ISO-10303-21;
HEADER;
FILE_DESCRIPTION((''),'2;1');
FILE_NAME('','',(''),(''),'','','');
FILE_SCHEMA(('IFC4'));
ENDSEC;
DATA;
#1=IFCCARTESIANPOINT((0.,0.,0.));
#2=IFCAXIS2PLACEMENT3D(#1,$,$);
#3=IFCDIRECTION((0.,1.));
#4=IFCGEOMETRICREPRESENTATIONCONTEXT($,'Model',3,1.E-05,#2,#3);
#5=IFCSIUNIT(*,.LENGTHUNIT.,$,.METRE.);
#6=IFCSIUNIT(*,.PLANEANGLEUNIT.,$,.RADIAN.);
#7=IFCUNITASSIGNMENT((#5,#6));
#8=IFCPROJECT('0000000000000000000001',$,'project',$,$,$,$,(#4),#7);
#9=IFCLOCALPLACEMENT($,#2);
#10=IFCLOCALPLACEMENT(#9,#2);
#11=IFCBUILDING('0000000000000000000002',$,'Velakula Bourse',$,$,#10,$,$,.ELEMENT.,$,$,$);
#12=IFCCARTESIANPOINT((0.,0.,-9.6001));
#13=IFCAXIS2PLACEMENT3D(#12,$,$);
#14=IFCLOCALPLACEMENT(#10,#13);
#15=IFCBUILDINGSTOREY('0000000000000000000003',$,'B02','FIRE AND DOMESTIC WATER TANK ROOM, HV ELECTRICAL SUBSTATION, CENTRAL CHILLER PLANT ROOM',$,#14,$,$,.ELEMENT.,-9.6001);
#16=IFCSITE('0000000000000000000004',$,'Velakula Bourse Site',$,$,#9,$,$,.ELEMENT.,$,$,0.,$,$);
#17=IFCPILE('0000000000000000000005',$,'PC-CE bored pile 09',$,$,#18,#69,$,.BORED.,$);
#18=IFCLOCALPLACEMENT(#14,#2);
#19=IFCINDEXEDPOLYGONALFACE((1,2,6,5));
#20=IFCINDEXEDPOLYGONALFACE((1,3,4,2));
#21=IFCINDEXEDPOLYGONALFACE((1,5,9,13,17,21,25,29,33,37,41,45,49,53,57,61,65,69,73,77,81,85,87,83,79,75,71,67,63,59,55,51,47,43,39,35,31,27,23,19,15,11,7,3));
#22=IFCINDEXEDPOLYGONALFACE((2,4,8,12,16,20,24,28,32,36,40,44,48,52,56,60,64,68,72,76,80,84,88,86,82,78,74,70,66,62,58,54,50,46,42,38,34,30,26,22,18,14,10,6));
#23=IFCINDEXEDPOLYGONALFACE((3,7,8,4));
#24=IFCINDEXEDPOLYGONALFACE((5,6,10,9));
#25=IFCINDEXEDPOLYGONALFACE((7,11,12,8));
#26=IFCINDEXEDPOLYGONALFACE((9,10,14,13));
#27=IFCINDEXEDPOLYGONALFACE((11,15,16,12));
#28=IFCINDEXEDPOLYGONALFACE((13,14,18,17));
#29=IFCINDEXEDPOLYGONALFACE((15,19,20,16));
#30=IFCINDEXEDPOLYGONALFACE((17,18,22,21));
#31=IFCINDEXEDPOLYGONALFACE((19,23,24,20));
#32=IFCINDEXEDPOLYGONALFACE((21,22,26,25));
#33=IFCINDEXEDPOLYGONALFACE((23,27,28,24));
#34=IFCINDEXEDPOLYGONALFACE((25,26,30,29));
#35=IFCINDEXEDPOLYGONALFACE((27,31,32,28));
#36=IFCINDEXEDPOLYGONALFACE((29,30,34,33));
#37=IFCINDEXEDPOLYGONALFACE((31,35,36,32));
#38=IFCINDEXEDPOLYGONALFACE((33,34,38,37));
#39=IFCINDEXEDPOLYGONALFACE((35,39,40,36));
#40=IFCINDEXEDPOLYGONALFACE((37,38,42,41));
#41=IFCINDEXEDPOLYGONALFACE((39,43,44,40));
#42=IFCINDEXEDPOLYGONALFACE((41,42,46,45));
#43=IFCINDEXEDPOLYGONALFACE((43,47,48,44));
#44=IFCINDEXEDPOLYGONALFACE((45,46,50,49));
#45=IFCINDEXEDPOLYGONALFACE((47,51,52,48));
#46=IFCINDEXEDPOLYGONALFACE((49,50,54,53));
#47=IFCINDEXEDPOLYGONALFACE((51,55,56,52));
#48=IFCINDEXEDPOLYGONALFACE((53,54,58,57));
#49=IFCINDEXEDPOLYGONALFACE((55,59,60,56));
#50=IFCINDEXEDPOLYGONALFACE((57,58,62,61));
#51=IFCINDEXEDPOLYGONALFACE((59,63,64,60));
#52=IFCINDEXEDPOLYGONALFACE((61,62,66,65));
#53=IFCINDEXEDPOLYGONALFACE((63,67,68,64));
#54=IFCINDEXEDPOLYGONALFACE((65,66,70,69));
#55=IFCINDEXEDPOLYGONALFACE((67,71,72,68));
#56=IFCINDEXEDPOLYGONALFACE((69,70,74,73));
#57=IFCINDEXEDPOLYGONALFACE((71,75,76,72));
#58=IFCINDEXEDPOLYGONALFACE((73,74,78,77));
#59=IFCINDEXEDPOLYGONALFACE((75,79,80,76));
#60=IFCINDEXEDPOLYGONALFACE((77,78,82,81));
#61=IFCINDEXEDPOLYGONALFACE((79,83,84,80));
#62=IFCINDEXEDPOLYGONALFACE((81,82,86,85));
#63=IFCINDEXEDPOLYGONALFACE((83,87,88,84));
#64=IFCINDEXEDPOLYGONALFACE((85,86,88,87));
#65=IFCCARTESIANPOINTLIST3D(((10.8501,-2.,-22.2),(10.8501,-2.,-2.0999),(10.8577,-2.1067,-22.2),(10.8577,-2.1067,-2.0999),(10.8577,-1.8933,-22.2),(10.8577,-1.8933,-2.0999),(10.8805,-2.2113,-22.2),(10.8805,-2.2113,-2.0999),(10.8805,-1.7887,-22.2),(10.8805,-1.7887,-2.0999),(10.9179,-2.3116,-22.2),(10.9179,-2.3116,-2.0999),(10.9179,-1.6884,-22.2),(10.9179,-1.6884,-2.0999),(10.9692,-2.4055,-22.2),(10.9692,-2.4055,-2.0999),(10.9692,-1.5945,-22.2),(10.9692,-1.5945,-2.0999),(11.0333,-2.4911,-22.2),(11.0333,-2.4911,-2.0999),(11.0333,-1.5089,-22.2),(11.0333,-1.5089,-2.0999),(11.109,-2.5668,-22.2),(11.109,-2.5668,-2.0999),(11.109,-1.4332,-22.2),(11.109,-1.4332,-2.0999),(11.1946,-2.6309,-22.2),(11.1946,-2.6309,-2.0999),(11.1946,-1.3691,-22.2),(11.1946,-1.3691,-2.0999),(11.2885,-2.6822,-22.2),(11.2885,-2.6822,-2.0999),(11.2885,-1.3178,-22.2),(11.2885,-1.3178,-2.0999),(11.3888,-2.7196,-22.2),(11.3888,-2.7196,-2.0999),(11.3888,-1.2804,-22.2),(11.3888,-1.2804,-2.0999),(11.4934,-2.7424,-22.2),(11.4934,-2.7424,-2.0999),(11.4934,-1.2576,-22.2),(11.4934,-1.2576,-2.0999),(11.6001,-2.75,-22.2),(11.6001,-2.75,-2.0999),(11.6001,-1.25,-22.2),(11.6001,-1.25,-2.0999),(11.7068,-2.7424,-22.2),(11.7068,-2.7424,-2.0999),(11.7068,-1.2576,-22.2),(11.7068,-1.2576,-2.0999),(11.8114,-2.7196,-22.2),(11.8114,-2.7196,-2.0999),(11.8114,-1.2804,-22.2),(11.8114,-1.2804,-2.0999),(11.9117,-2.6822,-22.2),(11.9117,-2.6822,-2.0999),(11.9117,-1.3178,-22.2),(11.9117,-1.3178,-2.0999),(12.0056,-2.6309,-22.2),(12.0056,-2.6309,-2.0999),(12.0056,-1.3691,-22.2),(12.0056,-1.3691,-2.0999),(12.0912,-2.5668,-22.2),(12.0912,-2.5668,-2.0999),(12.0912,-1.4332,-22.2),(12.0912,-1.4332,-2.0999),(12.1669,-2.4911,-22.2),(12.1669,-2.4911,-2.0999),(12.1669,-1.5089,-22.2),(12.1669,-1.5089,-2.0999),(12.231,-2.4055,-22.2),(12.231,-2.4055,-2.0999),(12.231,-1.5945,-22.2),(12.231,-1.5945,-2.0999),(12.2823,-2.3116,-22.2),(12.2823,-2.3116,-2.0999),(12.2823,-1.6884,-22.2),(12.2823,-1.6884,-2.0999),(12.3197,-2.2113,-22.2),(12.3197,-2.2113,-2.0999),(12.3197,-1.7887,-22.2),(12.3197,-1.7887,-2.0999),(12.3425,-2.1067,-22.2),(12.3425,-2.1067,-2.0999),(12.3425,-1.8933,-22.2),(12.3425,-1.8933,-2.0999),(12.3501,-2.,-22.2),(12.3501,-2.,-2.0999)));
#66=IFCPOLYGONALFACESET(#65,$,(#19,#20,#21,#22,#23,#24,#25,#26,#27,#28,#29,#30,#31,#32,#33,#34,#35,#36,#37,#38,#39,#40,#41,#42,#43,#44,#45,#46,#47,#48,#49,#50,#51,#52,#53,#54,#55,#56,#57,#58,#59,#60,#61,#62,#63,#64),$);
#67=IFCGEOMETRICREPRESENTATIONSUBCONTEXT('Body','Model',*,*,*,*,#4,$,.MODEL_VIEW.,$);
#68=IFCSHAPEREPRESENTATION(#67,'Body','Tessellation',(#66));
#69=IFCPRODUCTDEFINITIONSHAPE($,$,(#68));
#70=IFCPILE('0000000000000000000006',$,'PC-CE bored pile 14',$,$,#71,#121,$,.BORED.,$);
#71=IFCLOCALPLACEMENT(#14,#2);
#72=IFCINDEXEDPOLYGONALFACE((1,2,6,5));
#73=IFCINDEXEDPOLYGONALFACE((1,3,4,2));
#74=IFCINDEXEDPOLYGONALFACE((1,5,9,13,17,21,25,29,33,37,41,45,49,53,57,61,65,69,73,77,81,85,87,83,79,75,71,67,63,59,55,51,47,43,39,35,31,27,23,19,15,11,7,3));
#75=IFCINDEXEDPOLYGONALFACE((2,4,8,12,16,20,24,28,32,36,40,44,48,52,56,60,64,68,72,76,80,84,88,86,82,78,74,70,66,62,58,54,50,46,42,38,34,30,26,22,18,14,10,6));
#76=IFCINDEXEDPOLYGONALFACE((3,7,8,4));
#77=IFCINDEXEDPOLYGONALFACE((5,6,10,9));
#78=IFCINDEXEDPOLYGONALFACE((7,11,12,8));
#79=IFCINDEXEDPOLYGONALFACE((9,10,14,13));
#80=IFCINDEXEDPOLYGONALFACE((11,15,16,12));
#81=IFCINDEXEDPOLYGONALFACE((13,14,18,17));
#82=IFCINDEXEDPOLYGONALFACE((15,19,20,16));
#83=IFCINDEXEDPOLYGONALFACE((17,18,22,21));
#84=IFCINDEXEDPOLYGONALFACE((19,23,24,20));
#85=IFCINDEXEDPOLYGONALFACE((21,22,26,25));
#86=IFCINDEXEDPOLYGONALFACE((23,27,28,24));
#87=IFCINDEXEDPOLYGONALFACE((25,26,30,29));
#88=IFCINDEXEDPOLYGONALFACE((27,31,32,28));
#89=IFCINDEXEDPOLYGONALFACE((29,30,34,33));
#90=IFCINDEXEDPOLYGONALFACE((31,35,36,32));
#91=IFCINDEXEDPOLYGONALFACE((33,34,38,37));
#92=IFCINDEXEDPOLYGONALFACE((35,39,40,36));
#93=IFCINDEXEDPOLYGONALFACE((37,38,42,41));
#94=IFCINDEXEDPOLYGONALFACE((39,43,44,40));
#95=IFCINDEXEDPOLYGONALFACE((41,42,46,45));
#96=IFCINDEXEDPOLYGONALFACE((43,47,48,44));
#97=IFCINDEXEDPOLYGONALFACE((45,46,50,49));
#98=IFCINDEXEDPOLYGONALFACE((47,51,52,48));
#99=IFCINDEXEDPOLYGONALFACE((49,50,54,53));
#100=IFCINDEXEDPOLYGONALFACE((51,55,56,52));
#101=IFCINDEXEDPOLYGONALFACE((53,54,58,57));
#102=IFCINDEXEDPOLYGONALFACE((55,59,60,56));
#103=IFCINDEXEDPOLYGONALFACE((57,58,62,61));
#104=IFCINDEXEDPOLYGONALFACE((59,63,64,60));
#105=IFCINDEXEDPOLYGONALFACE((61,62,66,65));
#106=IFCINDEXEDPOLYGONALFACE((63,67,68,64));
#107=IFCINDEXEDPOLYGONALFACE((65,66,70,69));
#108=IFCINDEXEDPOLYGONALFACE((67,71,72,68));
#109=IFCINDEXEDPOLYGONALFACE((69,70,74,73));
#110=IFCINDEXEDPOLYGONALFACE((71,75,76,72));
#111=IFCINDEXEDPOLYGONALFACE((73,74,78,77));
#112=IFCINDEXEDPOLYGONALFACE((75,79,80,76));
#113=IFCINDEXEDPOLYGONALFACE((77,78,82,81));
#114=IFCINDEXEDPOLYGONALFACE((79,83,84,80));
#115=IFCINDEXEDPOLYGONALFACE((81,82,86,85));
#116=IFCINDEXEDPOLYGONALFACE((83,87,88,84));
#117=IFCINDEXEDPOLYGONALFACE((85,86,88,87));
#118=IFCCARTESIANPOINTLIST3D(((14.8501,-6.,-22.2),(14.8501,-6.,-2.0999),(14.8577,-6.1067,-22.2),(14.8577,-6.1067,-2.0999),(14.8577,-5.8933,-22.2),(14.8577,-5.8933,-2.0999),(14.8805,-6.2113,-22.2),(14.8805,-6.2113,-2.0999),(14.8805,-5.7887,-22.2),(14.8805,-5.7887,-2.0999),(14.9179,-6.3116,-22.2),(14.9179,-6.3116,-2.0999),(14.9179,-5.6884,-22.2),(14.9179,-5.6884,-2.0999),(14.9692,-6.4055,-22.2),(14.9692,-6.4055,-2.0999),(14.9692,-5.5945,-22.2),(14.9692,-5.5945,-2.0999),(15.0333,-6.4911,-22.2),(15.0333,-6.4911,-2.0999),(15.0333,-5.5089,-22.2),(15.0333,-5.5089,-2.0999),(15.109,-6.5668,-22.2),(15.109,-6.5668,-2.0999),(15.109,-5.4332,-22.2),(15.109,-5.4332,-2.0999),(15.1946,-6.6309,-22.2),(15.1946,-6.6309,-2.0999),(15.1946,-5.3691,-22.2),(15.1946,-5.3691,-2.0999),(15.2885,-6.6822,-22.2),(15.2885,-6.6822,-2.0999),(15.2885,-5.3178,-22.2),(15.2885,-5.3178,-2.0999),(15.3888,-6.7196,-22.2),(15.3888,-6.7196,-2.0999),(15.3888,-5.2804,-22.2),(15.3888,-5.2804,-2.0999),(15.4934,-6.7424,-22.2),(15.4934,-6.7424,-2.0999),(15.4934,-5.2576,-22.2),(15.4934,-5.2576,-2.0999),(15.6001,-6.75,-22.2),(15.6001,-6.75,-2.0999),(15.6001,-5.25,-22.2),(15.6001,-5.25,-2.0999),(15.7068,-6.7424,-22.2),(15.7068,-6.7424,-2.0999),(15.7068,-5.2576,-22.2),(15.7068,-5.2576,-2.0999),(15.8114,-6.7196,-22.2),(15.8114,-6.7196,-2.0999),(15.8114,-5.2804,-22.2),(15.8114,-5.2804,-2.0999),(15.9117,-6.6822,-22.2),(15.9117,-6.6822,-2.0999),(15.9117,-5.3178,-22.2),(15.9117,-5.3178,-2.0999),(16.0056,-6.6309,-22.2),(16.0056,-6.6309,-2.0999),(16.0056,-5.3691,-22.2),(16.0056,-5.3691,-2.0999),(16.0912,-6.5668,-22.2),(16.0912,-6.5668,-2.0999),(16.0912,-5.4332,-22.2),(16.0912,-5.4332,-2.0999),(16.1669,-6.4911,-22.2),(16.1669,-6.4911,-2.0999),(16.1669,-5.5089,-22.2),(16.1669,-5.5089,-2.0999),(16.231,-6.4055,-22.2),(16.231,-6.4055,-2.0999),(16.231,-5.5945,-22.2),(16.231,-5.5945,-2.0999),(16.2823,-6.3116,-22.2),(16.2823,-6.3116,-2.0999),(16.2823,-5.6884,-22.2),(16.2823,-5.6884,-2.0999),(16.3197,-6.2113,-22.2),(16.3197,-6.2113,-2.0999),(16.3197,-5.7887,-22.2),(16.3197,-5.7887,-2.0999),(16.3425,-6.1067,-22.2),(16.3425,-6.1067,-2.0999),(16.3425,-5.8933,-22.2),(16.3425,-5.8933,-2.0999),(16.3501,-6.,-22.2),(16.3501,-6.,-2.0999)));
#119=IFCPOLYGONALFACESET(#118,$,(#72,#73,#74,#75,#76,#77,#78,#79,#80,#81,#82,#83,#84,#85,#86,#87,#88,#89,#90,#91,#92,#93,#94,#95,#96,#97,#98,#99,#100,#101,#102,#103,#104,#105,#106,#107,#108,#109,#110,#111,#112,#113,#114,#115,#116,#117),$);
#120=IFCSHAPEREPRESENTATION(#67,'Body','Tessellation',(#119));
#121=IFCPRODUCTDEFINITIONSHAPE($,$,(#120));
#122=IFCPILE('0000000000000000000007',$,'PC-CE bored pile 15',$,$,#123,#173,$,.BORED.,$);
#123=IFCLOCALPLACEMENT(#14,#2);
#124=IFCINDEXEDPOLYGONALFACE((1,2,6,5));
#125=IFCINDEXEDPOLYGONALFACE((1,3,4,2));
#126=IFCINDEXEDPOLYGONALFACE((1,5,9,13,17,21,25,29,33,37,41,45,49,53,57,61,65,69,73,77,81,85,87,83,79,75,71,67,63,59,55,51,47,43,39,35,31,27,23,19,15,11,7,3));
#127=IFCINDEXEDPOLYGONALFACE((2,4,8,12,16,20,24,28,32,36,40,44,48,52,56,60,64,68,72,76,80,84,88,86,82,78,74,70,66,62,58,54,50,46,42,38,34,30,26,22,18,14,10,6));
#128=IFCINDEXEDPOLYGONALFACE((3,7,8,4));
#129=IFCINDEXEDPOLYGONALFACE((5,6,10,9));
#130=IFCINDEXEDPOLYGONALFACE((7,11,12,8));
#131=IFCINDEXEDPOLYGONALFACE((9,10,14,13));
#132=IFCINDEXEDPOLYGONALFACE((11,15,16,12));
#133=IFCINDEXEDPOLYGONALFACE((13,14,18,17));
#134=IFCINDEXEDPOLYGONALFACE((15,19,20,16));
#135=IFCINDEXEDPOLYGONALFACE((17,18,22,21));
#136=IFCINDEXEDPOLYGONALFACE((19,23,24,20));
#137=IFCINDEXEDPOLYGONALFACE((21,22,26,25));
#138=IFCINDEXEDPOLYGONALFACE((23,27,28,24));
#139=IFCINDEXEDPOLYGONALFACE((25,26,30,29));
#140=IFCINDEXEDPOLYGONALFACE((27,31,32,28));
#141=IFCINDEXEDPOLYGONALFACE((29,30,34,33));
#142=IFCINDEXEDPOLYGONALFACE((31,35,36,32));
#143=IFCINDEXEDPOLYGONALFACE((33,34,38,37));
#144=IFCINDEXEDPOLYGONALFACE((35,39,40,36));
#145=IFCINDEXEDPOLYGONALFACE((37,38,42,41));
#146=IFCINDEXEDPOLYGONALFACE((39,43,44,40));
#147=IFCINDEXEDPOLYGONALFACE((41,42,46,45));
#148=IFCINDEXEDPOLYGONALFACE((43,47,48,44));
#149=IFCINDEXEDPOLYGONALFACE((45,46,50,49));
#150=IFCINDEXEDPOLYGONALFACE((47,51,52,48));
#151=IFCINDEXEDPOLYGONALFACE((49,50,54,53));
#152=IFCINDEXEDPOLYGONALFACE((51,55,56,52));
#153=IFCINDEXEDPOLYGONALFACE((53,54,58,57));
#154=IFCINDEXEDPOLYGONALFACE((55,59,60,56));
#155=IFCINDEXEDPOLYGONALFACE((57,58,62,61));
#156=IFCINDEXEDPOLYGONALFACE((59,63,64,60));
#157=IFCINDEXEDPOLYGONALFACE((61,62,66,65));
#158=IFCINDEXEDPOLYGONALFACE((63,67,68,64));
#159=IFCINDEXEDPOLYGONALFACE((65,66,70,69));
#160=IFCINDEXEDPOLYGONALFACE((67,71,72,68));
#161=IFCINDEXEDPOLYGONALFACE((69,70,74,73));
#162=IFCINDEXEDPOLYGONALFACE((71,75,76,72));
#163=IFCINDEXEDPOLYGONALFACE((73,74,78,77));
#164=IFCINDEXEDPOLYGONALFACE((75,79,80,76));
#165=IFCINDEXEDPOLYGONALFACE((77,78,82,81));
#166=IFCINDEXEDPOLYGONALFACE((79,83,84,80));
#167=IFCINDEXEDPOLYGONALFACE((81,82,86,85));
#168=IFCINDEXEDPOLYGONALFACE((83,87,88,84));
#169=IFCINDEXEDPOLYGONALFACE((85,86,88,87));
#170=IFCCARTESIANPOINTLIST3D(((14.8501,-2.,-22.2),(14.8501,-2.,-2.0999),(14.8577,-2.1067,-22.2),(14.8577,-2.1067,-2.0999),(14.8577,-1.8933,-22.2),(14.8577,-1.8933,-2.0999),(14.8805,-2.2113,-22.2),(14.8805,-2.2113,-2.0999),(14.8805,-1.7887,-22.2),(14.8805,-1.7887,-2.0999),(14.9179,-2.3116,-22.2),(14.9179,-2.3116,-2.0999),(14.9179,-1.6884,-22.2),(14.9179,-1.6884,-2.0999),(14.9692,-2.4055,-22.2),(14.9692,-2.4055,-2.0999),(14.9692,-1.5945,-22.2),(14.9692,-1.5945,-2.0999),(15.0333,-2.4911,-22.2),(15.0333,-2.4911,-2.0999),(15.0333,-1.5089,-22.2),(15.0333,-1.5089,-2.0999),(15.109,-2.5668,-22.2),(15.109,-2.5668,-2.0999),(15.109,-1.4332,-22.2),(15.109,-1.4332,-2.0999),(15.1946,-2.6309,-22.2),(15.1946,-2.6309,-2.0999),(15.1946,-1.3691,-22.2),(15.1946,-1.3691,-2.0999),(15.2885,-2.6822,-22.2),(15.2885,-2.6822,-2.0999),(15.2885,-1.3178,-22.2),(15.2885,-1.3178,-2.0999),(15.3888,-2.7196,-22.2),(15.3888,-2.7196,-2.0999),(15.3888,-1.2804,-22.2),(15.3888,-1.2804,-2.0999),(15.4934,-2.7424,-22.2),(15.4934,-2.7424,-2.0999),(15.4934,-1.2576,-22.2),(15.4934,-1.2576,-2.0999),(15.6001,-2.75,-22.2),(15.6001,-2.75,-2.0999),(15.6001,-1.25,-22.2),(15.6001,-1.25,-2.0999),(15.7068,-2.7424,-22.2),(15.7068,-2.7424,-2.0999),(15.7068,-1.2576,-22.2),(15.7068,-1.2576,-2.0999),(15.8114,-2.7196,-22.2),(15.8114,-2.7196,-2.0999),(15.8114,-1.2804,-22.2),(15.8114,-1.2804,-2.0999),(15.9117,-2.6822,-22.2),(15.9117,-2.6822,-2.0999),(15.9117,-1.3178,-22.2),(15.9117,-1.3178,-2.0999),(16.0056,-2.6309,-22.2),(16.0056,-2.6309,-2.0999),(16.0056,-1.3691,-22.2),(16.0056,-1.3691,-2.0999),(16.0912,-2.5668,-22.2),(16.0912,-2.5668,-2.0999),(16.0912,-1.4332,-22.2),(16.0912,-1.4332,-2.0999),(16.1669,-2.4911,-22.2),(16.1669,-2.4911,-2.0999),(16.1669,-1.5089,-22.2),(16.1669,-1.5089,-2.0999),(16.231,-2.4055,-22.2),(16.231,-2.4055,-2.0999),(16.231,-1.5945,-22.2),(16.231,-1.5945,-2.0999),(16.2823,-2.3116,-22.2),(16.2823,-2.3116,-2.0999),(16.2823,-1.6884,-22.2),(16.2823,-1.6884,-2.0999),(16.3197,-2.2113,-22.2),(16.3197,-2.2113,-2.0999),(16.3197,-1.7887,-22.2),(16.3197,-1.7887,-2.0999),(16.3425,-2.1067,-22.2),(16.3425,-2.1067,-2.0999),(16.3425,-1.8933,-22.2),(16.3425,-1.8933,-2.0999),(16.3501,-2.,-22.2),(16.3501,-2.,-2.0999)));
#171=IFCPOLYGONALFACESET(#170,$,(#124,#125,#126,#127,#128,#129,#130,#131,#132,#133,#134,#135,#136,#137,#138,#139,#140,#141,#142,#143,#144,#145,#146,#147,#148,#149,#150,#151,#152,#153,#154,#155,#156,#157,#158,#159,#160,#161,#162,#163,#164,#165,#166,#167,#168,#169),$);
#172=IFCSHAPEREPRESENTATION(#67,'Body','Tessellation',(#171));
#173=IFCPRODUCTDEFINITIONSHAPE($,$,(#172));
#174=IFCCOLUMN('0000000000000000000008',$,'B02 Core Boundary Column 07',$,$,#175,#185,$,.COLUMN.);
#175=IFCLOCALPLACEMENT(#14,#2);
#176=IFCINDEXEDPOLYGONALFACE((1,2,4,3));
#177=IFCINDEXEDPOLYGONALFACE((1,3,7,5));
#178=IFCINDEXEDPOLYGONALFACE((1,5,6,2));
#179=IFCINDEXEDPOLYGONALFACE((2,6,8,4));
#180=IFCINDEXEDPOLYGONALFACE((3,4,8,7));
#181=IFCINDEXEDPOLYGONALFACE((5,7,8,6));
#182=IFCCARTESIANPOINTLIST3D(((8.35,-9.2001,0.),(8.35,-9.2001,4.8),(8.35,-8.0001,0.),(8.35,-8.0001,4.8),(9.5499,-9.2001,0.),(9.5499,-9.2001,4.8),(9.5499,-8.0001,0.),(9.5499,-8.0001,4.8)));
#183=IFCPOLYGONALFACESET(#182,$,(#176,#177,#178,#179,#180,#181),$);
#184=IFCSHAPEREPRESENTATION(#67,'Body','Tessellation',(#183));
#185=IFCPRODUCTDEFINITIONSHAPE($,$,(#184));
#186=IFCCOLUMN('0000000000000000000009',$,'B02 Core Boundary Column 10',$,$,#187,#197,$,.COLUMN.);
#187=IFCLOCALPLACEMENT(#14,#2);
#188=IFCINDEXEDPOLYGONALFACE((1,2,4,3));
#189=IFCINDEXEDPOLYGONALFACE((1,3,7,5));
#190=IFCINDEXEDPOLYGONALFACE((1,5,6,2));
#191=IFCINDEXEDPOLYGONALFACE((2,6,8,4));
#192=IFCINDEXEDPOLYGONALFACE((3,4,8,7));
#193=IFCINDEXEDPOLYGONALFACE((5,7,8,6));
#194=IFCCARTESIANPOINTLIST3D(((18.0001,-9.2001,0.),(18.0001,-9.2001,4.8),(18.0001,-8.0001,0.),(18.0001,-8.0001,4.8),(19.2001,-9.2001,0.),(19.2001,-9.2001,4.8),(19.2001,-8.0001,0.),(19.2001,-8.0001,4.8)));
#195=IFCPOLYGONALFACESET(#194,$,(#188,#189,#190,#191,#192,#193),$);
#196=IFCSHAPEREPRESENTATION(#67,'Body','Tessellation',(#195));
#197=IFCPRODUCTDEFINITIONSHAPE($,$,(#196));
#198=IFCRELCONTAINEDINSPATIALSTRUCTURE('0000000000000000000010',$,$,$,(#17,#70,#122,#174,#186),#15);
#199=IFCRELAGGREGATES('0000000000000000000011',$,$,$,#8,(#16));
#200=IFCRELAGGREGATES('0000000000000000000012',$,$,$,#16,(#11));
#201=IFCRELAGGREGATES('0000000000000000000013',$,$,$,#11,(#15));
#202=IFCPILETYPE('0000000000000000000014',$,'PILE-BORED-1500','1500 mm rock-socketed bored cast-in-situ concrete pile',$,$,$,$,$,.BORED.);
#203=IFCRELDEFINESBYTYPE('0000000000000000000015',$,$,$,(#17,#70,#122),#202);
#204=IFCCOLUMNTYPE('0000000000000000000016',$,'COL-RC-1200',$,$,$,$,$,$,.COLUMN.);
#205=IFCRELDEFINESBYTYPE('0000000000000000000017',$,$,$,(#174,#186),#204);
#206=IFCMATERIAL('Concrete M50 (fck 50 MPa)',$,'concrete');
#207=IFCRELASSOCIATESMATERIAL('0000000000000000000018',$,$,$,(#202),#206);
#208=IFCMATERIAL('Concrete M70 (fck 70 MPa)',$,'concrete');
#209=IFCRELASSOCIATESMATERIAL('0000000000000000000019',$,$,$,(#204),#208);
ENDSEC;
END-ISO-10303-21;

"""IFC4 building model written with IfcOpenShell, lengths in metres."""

from ifc_helpers import new_model, si_unit, direction, frame, origin, origin_2d, place, context, subcontext, project, spatial, rectangle, circle, extrude, material, material_profile, profile_set, type_object, element, save


model = new_model("IFC4")

# Units and contexts
model_context = context("Model", 3, precision=1e-05, world=origin(), true_north=direction((0.0, 1.0)))
body_context = subcontext(model_context, "Body", "Model", "MODEL_VIEW")
ifc_project = project(units=[si_unit("LENGTHUNIT", "METRE"), si_unit("PLANEANGLEUNIT", "RADIAN")], contexts=[model_context])

# Site, building, storey
site_placement = place(None, origin())
site = spatial("IfcSite", under=ifc_project, at=site_placement, Name="Velakula Bourse Site", CompositionType="ELEMENT", RefElevation=0.0)
building_placement = place(site_placement, origin())
building = spatial("IfcBuilding", under=site, at=building_placement, Name="Velakula Bourse", CompositionType="ELEMENT")
storey_placement = place(building_placement, frame((0.0, 0.0, -9.6001)))
storey = spatial("IfcBuildingStorey", under=building, at=storey_placement, Name="B02", Description="FIRE AND DOMESTIC WATER TANK ROOM, HV ELECTRICAL SUBSTATION, CENTRAL CHILLER PLANT ROOM", CompositionType="ELEMENT", Elevation=-9.6001)

# Piles
ifc_material_1 = material(Name="Concrete M50 (fck 50 MPa)", Category="concrete")
ifc_material_profile_1 = material_profile(ifc_material_1, circle(Radius=0.75, at=origin_2d()), Name="Concrete M50 (fck 50 MPa)")
ifc_profile_set_1 = profile_set([ifc_material_profile_1], Name="Concrete M50 (fck 50 MPa)")
pile_type = type_object("IfcPileType", Name="PILE-BORED-1500", Description="1500 mm rock-socketed bored cast-in-situ concrete pile", PredefinedType="BORED", material=ifc_profile_set_1)
for number, where, z_axis, x_axis, name in (
    (1, (11.6001, -2.0, -2.0999), (0.0, 0.0, -1.0), (1.0, 0.0, 0.0), "PC-CE bored pile 09"),
    (2, (15.6001, -6.0, -2.0999), (0.0, 0.0, -1.0), (1.0, 0.0, 0.0), "PC-CE bored pile 14"),
    (3, (15.6001, -2.0, -2.0999), (0.0, 0.0, -1.0), (1.0, 0.0, 0.0), "PC-CE bored pile 15"),
):
    element("IfcPile", number, at=place(storey_placement, frame(where, z_axis=z_axis, x_axis=x_axis)), inside=storey, type_object=pile_type, Name=name, PredefinedType="BORED", context=body_context, shape_type="SweptSolid", body=[
        extrude(circle(Radius=0.75, at=origin_2d()), origin(), (0.0, 0.0, 1.0), 20.1001),
    ])

# Columns
ifc_material_2 = material(Name="Concrete M70 (fck 70 MPa)", Category="concrete")
ifc_material_profile_2 = material_profile(ifc_material_2, rectangle(XDim=1.2, YDim=1.2, at=origin_2d()), Name="Concrete M70 (fck 70 MPa)")
ifc_profile_set_2 = profile_set([ifc_material_profile_2], Name="Concrete M70 (fck 70 MPa)")
column_type_1 = type_object("IfcColumnType", Name="COL-RC-1200", PredefinedType="COLUMN", material=ifc_profile_set_2)
for number, where, z_axis, x_axis, name in (
    (4, (8.95, -8.6001, 0.0), (0.0, 0.0, 1.0), (1.0, 0.0, 0.0), "B02 Core Boundary Column 07"),
    (5, (18.6001, -8.6001, 0.0), (0.0, 0.0, 1.0), (1.0, 0.0, 0.0), "B02 Core Boundary Column 10"),
):
    element("IfcColumn", number, at=place(storey_placement, frame(where, z_axis=z_axis, x_axis=x_axis)), inside=storey, type_object=column_type_1, Name=name, PredefinedType="COLUMN", context=body_context, shape_type="SweptSolid", body=[
        extrude(rectangle(XDim=1.2, YDim=1.2, at=origin_2d()), origin(), (0.0, 0.0, 1.0), 4.8),
    ])

save(model, "model.ifc")
